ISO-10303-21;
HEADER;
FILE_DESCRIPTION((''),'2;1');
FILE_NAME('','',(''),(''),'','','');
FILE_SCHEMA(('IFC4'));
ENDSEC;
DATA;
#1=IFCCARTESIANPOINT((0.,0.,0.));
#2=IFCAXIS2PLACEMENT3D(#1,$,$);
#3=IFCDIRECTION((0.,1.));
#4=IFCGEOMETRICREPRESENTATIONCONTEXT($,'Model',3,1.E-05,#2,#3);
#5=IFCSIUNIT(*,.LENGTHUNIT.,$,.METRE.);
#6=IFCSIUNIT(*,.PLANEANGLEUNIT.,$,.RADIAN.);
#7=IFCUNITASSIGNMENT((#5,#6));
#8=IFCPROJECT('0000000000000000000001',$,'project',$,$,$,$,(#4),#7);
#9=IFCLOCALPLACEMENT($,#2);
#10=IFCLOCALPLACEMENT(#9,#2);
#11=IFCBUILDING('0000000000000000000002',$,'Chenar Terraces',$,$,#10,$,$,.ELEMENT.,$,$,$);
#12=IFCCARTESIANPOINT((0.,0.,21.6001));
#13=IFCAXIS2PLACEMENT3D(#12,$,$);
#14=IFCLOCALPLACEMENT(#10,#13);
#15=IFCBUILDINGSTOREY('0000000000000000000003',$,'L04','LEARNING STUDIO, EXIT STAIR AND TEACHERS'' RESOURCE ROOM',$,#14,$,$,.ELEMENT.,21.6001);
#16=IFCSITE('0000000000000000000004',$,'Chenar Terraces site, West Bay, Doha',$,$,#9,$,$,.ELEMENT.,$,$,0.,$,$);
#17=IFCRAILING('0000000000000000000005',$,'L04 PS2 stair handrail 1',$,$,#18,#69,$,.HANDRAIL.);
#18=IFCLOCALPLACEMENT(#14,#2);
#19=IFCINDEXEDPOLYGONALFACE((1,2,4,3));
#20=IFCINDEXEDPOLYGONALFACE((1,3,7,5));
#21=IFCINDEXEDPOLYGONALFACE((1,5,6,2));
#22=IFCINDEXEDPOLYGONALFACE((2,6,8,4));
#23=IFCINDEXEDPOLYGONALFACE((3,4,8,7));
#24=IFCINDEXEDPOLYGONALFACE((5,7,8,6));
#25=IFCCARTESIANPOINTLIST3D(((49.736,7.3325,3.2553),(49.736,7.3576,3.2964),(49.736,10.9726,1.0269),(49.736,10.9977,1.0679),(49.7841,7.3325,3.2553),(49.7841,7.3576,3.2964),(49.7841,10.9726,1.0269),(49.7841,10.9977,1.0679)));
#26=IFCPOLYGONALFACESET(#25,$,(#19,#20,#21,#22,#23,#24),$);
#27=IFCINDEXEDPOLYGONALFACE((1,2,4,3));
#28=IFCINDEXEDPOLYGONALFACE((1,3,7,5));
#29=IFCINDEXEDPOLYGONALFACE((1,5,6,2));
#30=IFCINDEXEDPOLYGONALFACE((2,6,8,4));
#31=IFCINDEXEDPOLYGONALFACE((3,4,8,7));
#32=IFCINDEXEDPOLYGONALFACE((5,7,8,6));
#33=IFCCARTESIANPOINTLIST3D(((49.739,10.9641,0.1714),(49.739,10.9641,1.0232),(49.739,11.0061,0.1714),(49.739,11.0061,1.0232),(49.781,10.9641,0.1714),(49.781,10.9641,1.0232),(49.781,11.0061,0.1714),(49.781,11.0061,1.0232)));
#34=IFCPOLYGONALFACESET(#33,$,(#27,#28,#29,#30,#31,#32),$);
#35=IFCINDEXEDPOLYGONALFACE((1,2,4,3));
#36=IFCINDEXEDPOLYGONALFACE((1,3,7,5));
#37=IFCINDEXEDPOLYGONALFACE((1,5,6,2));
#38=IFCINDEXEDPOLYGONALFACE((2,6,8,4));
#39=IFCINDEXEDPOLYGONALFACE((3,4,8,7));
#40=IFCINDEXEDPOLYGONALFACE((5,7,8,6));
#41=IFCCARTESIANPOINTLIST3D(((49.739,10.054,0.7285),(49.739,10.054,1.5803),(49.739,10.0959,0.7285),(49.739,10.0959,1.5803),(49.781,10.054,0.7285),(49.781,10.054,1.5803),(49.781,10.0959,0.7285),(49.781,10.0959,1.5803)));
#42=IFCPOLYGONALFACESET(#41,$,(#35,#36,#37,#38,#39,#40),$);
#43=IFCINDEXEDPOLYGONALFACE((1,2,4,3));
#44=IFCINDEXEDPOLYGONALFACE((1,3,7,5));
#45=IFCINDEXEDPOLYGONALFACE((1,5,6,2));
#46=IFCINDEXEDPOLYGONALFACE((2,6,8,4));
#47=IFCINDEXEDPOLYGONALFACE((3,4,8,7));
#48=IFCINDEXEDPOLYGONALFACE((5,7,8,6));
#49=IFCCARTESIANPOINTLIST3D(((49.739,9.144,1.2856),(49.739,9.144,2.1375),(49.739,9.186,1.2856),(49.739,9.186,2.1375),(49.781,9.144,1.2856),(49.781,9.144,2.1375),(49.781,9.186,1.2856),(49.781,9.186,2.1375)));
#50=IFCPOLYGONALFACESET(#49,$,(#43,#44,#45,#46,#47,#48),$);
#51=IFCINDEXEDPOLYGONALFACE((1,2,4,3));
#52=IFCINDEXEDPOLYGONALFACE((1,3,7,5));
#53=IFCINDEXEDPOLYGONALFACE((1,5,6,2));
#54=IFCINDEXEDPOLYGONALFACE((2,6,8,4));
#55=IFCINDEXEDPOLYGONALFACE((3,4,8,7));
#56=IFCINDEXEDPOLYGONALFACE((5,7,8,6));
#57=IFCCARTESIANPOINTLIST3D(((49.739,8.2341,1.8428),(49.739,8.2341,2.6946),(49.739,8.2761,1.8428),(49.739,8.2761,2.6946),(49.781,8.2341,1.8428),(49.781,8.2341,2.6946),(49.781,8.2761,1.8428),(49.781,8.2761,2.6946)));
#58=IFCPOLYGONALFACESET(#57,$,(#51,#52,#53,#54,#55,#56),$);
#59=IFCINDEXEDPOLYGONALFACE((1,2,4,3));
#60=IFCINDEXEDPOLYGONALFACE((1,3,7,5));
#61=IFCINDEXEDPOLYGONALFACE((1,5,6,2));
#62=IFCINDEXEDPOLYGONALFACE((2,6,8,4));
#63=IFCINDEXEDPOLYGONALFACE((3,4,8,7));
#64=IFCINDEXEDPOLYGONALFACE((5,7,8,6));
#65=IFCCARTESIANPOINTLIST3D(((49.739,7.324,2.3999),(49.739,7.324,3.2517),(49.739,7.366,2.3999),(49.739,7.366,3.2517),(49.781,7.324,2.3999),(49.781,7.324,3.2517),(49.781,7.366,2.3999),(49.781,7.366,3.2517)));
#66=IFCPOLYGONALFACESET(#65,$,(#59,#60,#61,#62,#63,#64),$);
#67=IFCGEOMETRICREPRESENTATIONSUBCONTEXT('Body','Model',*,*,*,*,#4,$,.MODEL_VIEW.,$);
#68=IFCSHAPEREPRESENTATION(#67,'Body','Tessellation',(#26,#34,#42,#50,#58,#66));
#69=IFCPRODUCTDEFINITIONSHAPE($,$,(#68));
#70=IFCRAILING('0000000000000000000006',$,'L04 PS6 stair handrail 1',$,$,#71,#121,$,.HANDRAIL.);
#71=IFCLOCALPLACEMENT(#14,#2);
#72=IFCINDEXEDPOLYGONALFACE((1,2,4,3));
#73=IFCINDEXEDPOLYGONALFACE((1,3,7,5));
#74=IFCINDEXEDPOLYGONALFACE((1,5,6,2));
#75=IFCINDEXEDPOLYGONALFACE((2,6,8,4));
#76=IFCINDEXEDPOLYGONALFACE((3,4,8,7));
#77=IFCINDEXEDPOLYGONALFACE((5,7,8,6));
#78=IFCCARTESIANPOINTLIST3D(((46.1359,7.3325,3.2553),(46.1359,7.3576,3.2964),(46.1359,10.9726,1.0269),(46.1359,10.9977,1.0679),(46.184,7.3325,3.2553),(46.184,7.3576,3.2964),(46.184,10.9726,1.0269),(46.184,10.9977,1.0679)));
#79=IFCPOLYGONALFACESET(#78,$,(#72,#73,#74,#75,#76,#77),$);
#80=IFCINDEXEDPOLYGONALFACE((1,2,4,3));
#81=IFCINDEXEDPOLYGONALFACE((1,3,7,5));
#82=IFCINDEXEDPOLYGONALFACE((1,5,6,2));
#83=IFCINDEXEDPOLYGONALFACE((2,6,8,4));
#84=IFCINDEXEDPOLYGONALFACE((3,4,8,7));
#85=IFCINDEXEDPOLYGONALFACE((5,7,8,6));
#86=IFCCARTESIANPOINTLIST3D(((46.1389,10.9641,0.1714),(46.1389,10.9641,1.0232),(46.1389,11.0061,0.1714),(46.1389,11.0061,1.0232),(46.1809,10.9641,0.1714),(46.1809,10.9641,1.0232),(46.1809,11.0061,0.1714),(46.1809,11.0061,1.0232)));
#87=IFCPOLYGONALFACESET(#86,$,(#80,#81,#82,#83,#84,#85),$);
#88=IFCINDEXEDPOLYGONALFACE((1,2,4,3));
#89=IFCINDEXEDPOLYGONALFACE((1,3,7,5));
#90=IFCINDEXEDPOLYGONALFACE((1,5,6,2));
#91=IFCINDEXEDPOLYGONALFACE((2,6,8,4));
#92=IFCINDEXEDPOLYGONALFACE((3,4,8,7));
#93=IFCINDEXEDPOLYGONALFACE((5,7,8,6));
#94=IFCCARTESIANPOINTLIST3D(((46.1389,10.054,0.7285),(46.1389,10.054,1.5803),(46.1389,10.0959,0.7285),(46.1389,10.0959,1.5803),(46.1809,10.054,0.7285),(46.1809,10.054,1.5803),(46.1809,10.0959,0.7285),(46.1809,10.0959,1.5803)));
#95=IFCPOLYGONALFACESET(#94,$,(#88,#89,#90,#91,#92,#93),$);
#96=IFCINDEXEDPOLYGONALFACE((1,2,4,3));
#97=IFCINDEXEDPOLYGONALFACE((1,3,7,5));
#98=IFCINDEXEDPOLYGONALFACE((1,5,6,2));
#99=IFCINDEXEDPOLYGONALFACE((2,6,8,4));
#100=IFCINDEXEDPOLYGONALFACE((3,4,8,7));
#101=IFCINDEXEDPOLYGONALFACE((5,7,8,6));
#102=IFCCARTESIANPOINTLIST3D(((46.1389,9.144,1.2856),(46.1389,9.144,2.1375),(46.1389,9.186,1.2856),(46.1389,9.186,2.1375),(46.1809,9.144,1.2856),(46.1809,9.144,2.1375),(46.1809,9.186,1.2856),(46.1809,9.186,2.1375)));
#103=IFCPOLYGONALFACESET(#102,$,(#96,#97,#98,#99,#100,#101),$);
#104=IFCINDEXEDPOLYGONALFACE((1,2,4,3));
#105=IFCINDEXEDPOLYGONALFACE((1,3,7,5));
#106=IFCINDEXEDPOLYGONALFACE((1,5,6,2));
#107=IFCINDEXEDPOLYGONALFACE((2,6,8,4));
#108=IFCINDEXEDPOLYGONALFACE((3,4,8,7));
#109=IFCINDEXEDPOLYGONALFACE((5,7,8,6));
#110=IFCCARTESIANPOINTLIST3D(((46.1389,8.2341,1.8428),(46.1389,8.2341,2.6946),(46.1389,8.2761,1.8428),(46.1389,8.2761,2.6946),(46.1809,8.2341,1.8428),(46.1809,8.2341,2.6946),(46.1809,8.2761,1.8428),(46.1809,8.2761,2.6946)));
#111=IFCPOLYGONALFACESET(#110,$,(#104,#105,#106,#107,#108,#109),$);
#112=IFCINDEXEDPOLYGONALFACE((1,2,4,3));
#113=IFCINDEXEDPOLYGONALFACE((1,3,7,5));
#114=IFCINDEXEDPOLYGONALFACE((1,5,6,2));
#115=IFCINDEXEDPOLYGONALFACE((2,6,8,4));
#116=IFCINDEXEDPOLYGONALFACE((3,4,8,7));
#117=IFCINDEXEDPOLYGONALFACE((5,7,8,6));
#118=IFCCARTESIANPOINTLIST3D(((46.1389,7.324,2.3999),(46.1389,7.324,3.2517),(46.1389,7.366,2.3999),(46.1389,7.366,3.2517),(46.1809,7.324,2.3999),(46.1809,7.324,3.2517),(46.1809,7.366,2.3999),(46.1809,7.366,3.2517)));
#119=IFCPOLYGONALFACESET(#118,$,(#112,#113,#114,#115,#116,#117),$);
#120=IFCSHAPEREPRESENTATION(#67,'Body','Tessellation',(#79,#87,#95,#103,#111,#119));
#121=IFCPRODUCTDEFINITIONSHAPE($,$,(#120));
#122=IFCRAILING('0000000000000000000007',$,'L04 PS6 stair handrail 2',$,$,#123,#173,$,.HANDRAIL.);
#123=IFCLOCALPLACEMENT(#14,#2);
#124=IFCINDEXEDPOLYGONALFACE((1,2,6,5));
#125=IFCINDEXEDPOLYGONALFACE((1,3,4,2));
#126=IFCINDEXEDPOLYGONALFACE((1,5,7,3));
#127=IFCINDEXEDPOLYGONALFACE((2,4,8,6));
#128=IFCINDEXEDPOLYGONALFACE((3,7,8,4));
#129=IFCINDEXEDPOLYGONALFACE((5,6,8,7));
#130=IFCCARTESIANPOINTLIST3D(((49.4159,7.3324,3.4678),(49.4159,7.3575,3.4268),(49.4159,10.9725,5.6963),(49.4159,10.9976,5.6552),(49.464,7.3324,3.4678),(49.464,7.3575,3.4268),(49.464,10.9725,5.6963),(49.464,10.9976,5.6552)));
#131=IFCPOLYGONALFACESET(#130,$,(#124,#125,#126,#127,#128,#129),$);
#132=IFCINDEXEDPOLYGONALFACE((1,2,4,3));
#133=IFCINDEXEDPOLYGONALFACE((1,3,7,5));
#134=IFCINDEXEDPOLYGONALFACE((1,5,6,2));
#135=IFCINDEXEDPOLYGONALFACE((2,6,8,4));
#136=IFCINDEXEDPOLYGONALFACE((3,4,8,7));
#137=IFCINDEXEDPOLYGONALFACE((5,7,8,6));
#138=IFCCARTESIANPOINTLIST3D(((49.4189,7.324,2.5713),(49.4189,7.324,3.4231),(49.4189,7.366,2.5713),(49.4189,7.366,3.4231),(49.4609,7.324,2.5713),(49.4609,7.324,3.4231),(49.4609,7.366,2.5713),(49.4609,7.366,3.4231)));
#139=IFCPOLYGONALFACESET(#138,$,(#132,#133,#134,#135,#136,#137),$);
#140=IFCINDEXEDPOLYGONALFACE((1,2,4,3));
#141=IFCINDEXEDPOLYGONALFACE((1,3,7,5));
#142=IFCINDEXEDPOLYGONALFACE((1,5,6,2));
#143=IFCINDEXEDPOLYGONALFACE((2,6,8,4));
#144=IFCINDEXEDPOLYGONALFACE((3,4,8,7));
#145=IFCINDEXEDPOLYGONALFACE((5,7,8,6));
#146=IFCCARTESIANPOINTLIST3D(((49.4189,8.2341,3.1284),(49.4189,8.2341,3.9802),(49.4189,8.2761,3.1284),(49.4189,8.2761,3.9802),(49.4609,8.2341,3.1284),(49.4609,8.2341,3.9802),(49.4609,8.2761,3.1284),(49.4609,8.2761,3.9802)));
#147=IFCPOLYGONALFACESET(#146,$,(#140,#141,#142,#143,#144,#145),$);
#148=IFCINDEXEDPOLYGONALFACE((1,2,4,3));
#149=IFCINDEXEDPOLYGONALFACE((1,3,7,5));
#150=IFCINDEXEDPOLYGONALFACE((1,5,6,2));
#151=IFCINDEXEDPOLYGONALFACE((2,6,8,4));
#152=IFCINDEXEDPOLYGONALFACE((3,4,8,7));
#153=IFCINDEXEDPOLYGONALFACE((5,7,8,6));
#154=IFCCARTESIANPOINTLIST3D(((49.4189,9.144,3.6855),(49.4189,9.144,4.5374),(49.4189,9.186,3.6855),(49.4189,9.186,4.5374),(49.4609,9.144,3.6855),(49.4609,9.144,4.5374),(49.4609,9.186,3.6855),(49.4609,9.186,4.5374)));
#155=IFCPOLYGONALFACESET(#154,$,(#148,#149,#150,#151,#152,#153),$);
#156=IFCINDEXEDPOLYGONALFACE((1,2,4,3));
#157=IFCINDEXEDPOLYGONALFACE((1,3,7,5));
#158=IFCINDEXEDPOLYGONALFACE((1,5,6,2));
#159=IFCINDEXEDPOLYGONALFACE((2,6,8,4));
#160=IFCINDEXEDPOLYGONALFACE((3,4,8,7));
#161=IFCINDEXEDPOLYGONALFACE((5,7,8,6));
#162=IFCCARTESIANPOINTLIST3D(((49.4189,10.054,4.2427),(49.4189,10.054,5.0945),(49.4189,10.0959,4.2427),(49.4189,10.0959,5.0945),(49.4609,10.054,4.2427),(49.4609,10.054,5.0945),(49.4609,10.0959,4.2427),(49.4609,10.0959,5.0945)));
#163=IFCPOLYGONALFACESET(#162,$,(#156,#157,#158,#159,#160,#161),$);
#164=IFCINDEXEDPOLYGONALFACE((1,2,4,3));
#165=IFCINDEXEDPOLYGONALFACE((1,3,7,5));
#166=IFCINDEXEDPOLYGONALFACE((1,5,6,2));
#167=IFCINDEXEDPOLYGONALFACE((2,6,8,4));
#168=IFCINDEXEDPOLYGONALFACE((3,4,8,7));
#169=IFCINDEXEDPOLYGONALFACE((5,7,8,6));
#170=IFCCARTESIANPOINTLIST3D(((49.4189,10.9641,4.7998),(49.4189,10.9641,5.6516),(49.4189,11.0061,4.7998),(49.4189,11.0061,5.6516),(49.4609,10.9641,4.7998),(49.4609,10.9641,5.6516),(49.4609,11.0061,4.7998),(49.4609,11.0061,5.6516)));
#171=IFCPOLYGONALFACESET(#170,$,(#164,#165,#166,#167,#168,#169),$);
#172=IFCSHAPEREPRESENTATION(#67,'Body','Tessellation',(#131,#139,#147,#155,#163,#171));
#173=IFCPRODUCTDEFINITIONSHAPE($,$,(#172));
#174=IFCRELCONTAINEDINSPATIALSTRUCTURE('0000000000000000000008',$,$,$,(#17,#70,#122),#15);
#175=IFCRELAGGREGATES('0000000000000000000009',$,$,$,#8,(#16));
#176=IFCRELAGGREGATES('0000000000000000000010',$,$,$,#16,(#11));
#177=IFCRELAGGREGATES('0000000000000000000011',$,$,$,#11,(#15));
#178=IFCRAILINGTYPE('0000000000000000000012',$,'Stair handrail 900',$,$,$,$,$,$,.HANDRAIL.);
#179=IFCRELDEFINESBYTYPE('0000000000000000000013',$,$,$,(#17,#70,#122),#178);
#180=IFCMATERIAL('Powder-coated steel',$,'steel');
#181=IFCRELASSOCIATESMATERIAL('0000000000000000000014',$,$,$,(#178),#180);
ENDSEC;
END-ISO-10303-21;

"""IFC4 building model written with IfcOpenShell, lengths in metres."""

from ifc_helpers import new_model, si_unit, direction, frame, origin, origin_2d, place, context, subcontext, project, spatial, rectangle, extrude, material, type_object, element, save


model = new_model("IFC4")

# Units and contexts
model_context = context("Model", 3, precision=1e-05, world=origin(), true_north=direction((0.0, 1.0)))
body_context = subcontext(model_context, "Body", "Model", "MODEL_VIEW")
ifc_project = project(units=[si_unit("LENGTHUNIT", "METRE"), si_unit("PLANEANGLEUNIT", "RADIAN")], contexts=[model_context])

# Site, building, storey
site_placement = place(None, origin())
site = spatial("IfcSite", under=ifc_project, at=site_placement, Name="Chenar Terraces site, West Bay, Doha", CompositionType="ELEMENT", RefElevation=0.0)
building_placement = place(site_placement, origin())
building = spatial("IfcBuilding", under=site, at=building_placement, Name="Chenar Terraces", CompositionType="ELEMENT")
storey_placement = place(building_placement, frame((0.0, 0.0, 21.6001)))
storey = spatial("IfcBuildingStorey", under=building, at=storey_placement, Name="L04", Description="LEARNING STUDIO, EXIT STAIR AND TEACHERS' RESOURCE ROOM", CompositionType="ELEMENT", Elevation=21.6001)

# Railings
ifc_material_1 = material(Name="Powder-coated steel", Category="steel")
railing_type_1 = type_object("IfcRailingType", Name="Stair handrail 900", PredefinedType="HANDRAIL", material=ifc_material_1)
for number, where, name in (
    (1, (49.76, 10.9851, 0.1714), "L04 PS2 stair handrail 1"),
    (2, (46.1599, 10.9851, 0.1714), "L04 PS6 stair handrail 1"),
):
    element("IfcRailing", number, at=place(storey_placement, frame(where)), inside=storey, type_object=railing_type_1, Name=name, PredefinedType="HANDRAIL", context=body_context, shape_type="SweptSolid", body=[
        extrude(rectangle(XDim=0.0481, YDim=0.0481, at=origin_2d()), frame((0.0, 0.0, 0.876), z_axis=(0.0, -0.852866, 0.52213), x_axis=(1.0, 0.0, 0.0)), (0.0, 0.0, 1.0), 4.2681),
        extrude(rectangle(XDim=0.042, YDim=0.042, at=origin_2d()), origin(), (0.0, 0.0, 1.0), 0.8518),
        extrude(rectangle(XDim=0.042, YDim=0.042, at=origin_2d()), frame((0.0, -0.9102, 0.5571)), (0.0, 0.0, 1.0), 0.8518),
        extrude(rectangle(XDim=0.042, YDim=0.042, at=origin_2d()), frame((0.0, -1.8201, 1.1143)), (0.0, 0.0, 1.0), 0.8518),
        extrude(rectangle(XDim=0.042, YDim=0.042, at=origin_2d()), frame((0.0, -2.73, 1.6714)), (0.0, 0.0, 1.0), 0.8518),
        extrude(rectangle(XDim=0.042, YDim=0.042, at=origin_2d()), frame((0.0, -3.6401, 2.2285)), (0.0, 0.0, 1.0), 0.8518),
    ])
railing_1_placement = place(storey_placement, frame((49.4399, 7.345, 2.5713)))
element("IfcRailing", 3, at=railing_1_placement, inside=storey, type_object=railing_type_1, Name="L04 PS6 stair handrail 2", PredefinedType="HANDRAIL", context=body_context, shape_type="SweptSolid", body=[
    extrude(rectangle(XDim=0.0481, YDim=0.0481, at=origin_2d()), frame((0.0, 0.0, 0.876), z_axis=(0.0, 0.852866, 0.52213), x_axis=(-1.0, 0.0, 0.0)), (0.0, 0.0, 1.0), 4.2681),
    extrude(rectangle(XDim=0.042, YDim=0.042, at=origin_2d()), origin(), (0.0, 0.0, 1.0), 0.8518),
    extrude(rectangle(XDim=0.042, YDim=0.042, at=origin_2d()), frame((0.0, 0.9102, 0.5571)), (0.0, 0.0, 1.0), 0.8518),
    extrude(rectangle(XDim=0.042, YDim=0.042, at=origin_2d()), frame((0.0, 1.8201, 1.1143)), (0.0, 0.0, 1.0), 0.8518),
    extrude(rectangle(XDim=0.042, YDim=0.042, at=origin_2d()), frame((0.0, 2.73, 1.6714)), (0.0, 0.0, 1.0), 0.8518),
    extrude(rectangle(XDim=0.042, YDim=0.042, at=origin_2d()), frame((0.0, 3.6401, 2.2285)), (0.0, 0.0, 1.0), 0.8518),
])

save(model, "model.ifc")
